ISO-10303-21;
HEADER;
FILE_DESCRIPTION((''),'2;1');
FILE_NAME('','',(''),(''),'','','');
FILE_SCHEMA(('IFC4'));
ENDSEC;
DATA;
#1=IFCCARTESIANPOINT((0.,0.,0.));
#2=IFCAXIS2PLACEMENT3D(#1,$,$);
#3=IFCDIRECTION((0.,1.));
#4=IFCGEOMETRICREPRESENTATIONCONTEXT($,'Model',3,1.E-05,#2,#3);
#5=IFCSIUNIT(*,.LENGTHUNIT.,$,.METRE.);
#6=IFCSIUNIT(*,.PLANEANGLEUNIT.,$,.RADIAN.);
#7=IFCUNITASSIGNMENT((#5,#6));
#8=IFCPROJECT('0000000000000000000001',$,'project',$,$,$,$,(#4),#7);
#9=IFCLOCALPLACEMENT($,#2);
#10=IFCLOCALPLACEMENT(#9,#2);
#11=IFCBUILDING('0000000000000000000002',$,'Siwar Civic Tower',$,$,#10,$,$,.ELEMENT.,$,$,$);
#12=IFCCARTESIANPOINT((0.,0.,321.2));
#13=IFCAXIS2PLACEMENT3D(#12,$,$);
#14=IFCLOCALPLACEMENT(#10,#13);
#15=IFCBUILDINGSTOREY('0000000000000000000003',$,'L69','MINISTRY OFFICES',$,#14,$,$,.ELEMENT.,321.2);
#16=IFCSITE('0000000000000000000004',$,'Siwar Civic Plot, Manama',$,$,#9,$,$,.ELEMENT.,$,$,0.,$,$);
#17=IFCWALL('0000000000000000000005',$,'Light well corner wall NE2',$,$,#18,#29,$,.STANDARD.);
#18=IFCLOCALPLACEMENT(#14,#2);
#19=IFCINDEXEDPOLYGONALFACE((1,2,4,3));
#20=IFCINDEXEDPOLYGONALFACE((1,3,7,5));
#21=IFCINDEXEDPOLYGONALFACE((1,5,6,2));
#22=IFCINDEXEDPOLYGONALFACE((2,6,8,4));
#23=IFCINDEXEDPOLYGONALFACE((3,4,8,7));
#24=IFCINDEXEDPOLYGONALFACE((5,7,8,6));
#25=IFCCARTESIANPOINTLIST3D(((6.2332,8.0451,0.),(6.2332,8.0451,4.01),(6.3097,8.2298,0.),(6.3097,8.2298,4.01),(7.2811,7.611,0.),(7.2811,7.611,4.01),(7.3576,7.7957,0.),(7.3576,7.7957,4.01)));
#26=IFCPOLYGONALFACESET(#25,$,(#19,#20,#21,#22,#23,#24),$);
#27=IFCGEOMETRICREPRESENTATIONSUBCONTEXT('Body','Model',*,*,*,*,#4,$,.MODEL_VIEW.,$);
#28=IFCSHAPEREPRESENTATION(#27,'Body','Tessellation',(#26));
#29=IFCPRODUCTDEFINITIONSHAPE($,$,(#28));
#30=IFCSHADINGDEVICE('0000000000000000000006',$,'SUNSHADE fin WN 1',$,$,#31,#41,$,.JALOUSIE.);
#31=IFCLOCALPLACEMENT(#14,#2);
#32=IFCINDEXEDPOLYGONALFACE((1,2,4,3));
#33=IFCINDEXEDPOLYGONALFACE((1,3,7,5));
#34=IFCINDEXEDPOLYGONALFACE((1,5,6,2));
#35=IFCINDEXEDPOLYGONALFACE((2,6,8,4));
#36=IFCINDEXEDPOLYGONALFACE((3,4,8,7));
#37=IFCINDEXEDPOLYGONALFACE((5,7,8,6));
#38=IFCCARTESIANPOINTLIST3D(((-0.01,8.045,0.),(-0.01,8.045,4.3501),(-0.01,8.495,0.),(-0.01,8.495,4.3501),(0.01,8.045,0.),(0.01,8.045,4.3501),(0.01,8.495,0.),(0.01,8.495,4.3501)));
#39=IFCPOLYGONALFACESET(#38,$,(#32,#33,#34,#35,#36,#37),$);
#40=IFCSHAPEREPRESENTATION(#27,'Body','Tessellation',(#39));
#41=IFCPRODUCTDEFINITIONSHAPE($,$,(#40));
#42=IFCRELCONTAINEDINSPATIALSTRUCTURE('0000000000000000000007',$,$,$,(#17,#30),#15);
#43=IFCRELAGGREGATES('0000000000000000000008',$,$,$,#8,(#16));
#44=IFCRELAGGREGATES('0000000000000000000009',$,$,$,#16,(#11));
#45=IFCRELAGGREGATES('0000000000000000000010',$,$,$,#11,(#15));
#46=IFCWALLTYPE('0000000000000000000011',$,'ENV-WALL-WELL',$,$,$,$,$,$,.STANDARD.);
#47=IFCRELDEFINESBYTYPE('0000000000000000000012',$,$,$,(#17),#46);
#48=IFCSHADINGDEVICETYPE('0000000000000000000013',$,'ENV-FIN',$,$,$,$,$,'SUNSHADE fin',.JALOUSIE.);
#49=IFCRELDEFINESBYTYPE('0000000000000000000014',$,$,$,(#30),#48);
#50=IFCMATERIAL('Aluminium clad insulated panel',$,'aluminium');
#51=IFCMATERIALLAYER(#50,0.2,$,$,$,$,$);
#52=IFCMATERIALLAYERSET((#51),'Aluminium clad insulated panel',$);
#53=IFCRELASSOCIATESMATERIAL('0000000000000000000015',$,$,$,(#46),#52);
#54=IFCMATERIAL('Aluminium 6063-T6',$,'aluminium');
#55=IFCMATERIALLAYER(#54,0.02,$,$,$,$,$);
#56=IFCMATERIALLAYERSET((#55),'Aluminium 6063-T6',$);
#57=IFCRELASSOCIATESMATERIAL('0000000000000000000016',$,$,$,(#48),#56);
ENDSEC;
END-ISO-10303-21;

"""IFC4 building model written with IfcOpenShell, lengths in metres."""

from ifc_helpers import new_model, si_unit, direction, frame, frame_2d, origin, origin_2d, place, context, subcontext, project, spatial, rectangle, extrude, material, layer, layer_set, type_object, element, save


model = new_model("IFC4")

# Units and contexts
model_context = context("Model", 3, precision=1e-05, world=origin(), true_north=direction((0.0, 1.0)))
body_context = subcontext(model_context, "Body", "Model", "MODEL_VIEW")
ifc_project = project(units=[si_unit("LENGTHUNIT", "METRE"), si_unit("PLANEANGLEUNIT", "RADIAN")], contexts=[model_context])

# Site, building, storey
site_placement = place(None, origin())
site = spatial("IfcSite", under=ifc_project, at=site_placement, Name="Siwar Civic Plot, Manama", CompositionType="ELEMENT", RefElevation=0.0)
building_placement = place(site_placement, origin())
building = spatial("IfcBuilding", under=site, at=building_placement, Name="Siwar Civic Tower", CompositionType="ELEMENT")
storey_placement = place(building_placement, frame((0.0, 0.0, 321.2)))
storey = spatial("IfcBuildingStorey", under=building, at=storey_placement, Name="L69", Description="MINISTRY OFFICES", CompositionType="ELEMENT", Elevation=321.2)

# Wall
ifc_material_1 = material(Name="Aluminium clad insulated panel", Category="aluminium")
ifc_layer_1 = layer(ifc_material_1, 0.2)
ifc_layer_set_1 = layer_set([ifc_layer_1], Name="Aluminium clad insulated panel")
wall_type_1 = type_object("IfcWallType", Name="ENV-WALL-WELL", PredefinedType="STANDARD", material=ifc_layer_set_1)
wall_1_placement = place(storey_placement, frame((7.3193, 7.7034, 0.0), z_axis=(0.0, 0.0, 1.0), x_axis=(-0.923865, 0.382719, 0.0)))
element("IfcWall", 1, at=wall_1_placement, inside=storey, type_object=wall_type_1, Name="Light well corner wall NE2", PredefinedType="STANDARD", context=body_context, shape_type="SweptSolid", body=[
    extrude(rectangle(XDim=1.1343, YDim=0.2, at=frame_2d((0.5671, 0.0))), origin(), (0.0, 0.0, 1.0), 4.01),
])

# Shading device
ifc_material_2 = material(Name="Aluminium 6063-T6", Category="aluminium")
ifc_layer_2 = layer(ifc_material_2, 0.02)
ifc_layer_set_2 = layer_set([ifc_layer_2], Name="Aluminium 6063-T6")
shading_device_type = type_object("IfcShadingDeviceType", Name="ENV-FIN", ElementType="SUNSHADE fin", PredefinedType="JALOUSIE", material=ifc_layer_set_2)
shading_device_placement = place(storey_placement, frame((0.0, 8.27, 0.0), z_axis=(0.0, 0.0, 1.0), x_axis=(-1.0, 0.0, 0.0)))
element("IfcShadingDevice", 2, at=shading_device_placement, inside=storey, type_object=shading_device_type, Name="SUNSHADE fin WN 1", PredefinedType="JALOUSIE", context=body_context, shape_type="SweptSolid", body=[
    extrude(rectangle(XDim=0.02, YDim=0.45, at=origin_2d()), origin(), (0.0, 0.0, 1.0), 4.3501),
])

save(model, "model.ifc")
